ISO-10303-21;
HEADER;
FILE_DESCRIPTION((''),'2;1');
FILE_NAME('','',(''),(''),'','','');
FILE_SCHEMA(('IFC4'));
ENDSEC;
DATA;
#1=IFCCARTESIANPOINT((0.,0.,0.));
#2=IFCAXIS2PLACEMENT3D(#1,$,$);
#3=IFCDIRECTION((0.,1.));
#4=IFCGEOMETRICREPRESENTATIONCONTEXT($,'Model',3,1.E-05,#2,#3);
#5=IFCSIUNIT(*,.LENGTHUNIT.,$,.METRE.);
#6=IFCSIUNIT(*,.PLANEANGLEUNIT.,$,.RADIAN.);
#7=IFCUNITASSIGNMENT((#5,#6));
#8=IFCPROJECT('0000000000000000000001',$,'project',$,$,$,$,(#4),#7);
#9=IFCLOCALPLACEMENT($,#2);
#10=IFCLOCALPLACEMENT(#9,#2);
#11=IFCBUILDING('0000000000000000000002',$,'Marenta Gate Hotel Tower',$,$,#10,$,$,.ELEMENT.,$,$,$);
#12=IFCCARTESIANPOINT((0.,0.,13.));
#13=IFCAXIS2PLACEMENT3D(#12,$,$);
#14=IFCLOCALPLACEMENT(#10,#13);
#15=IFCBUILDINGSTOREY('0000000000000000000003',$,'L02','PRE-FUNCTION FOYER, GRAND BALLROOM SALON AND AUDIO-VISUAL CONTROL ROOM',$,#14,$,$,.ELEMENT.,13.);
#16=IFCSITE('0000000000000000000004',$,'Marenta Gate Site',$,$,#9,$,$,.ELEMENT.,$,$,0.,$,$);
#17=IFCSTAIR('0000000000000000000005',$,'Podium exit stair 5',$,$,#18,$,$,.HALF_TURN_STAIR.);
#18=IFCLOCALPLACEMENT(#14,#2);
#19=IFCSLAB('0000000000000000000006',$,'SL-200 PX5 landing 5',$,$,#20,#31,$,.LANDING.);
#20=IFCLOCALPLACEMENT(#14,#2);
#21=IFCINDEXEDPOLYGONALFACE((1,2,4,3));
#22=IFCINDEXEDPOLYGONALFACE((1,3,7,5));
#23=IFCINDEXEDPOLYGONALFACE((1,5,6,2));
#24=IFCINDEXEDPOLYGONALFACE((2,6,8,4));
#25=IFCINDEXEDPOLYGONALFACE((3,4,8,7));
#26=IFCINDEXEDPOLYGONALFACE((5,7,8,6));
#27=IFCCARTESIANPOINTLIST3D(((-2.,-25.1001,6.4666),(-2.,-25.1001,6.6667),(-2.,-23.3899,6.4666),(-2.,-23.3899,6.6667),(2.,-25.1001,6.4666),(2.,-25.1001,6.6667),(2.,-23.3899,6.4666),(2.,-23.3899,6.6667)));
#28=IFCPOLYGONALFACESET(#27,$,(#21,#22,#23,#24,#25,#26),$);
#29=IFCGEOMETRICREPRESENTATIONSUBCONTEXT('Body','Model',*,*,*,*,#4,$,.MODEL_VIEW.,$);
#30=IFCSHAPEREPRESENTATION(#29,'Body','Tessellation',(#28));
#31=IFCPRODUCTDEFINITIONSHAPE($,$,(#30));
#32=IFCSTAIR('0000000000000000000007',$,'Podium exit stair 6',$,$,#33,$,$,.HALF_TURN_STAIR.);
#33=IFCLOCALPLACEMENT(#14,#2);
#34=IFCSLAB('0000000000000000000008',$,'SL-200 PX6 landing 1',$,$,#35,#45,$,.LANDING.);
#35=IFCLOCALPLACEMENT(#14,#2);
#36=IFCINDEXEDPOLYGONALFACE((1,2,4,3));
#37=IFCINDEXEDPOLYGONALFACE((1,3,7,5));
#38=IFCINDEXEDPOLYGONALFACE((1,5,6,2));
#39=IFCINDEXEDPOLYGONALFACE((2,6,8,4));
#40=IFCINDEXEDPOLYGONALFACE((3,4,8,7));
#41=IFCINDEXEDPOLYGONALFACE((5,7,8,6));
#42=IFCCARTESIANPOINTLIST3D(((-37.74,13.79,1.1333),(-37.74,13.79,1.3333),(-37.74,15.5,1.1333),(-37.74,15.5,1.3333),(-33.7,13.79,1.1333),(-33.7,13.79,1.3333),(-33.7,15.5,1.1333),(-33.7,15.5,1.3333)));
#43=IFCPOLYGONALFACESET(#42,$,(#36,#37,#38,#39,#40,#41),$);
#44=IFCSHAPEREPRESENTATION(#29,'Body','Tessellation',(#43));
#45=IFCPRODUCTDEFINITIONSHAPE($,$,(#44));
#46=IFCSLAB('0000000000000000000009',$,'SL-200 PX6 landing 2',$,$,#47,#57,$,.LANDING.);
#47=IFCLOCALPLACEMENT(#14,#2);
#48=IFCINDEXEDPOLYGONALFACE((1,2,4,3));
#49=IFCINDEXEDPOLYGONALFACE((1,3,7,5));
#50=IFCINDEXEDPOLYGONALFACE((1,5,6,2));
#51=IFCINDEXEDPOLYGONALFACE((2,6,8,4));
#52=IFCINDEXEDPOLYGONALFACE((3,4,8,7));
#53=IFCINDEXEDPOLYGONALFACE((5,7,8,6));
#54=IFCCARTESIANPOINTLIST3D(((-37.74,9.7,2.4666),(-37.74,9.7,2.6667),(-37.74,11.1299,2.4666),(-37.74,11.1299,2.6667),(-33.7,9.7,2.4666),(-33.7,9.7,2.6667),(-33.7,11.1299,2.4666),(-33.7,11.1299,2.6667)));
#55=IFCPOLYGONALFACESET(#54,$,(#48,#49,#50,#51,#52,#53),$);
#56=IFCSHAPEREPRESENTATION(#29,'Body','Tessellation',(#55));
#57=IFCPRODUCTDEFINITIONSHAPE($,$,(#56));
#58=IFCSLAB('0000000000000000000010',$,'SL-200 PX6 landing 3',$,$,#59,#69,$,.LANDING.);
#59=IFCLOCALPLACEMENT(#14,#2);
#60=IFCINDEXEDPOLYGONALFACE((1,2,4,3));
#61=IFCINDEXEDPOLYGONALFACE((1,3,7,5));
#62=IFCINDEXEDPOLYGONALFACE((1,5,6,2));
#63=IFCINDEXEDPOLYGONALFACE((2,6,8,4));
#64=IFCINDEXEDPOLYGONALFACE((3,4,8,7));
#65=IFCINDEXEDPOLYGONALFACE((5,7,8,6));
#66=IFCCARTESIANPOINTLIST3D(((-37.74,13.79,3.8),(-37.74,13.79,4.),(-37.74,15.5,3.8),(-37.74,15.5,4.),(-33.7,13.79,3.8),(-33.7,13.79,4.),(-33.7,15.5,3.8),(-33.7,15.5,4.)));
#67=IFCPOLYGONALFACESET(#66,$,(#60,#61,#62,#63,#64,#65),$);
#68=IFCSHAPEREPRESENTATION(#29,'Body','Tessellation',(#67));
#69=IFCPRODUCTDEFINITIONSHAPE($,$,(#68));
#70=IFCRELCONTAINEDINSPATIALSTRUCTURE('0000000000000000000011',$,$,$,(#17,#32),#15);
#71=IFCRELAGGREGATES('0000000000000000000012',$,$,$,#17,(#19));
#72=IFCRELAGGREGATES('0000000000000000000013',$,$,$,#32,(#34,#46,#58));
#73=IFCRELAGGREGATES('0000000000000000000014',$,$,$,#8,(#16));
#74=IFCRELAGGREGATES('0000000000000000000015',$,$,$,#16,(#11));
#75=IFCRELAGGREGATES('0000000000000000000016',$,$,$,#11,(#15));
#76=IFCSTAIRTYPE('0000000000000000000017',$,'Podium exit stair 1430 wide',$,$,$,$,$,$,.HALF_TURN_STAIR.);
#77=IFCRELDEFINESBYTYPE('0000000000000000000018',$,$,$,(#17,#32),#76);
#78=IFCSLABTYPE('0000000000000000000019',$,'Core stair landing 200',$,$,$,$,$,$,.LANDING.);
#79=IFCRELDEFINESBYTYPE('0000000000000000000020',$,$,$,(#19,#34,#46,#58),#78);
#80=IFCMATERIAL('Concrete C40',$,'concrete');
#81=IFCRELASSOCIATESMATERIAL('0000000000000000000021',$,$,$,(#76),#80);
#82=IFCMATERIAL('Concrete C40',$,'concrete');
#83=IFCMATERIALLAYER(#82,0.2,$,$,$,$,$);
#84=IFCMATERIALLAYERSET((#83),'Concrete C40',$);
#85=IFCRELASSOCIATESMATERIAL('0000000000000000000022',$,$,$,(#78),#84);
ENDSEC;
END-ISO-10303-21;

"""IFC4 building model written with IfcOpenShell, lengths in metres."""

from ifc_helpers import new_model, si_unit, direction, frame, origin, place, context, subcontext, project, spatial, polyline, outline, extrude, material, layer, layer_set, type_object, element, aggregate, save


model = new_model("IFC4")

# Units and contexts
model_context = context("Model", 3, precision=1e-05, world=origin(), true_north=direction((0.0, 1.0)))
body_context = subcontext(model_context, "Body", "Model", "MODEL_VIEW")
ifc_project = project(units=[si_unit("LENGTHUNIT", "METRE"), si_unit("PLANEANGLEUNIT", "RADIAN")], contexts=[model_context])

# Site, building, storey
site_placement = place(None, origin())
site = spatial("IfcSite", under=ifc_project, at=site_placement, Name="Marenta Gate Site", CompositionType="ELEMENT", RefElevation=0.0)
building_placement = place(site_placement, origin())
building = spatial("IfcBuilding", under=site, at=building_placement, Name="Marenta Gate Hotel Tower", CompositionType="ELEMENT")
storey_placement = place(building_placement, frame((0.0, 0.0, 13.0)))
storey = spatial("IfcBuildingStorey", under=building, at=storey_placement, Name="L02", Description="PRE-FUNCTION FOYER, GRAND BALLROOM SALON AND AUDIO-VISUAL CONTROL ROOM", CompositionType="ELEMENT", Elevation=13.0)

# Shared definitions
ifc_material_1 = material(Name="Concrete C40", Category="concrete")
stair_type = type_object("IfcStairType", Name="Podium exit stair 1430 wide", PredefinedType="HALF_TURN_STAIR", material=ifc_material_1)
ifc_material_2 = material(Name="Concrete C40", Category="concrete")
ifc_layer = layer(ifc_material_2, 0.2)
ifc_layer_set = layer_set([ifc_layer], Name="Concrete C40")
slab_type = type_object("IfcSlabType", Name="Core stair landing 200", PredefinedType="LANDING", material=ifc_layer_set)

# Stairs, slabs
stair_1_placement = place(storey_placement, origin())
stair_1 = element("IfcStair", 1, at=stair_1_placement, inside=storey, type_object=stair_type, Name="Podium exit stair 5", PredefinedType="HALF_TURN_STAIR")
slab_1_placement = place(storey_placement, frame((0.0, 0.0, 6.4666)))
slab_1 = element("IfcSlab", 2, at=slab_1_placement, type_object=slab_type, Name="SL-200 PX5 landing 5", PredefinedType="LANDING", context=body_context, shape_type="SweptSolid", body=[
    extrude(outline(polyline([(-2.0, -25.1001), (2.0, -25.1001), (2.0, -23.3899), (-2.0, -23.3899), (-2.0, -25.1001)])), origin(), (0.0, 0.0, 1.0), 0.2002),
])
aggregate(stair_1, [slab_1])
stair_2_placement = place(storey_placement, origin())
stair_2 = element("IfcStair", 3, at=stair_2_placement, inside=storey, type_object=stair_type, Name="Podium exit stair 6", PredefinedType="HALF_TURN_STAIR")
slab_2_placement = place(storey_placement, frame((0.0, 0.0, 1.1333)))
slab_2 = element("IfcSlab", 4, at=slab_2_placement, type_object=slab_type, Name="SL-200 PX6 landing 1", PredefinedType="LANDING", context=body_context, shape_type="SweptSolid", body=[
    extrude(outline(polyline([(-37.74, 13.79), (-33.7, 13.79), (-33.7, 15.5), (-37.74, 15.5), (-37.74, 13.79)])), origin(), (0.0, 0.0, 1.0), 0.2),
])
slab_3_placement = place(storey_placement, frame((0.0, 0.0, 2.4666)))
slab_3 = element("IfcSlab", 5, at=slab_3_placement, type_object=slab_type, Name="SL-200 PX6 landing 2", PredefinedType="LANDING", context=body_context, shape_type="SweptSolid", body=[
    extrude(outline(polyline([(-37.74, 9.7), (-33.7, 9.7), (-33.7, 11.1299), (-37.74, 11.1299), (-37.74, 9.7)])), origin(), (0.0, 0.0, 1.0), 0.2002),
])
slab_4_placement = place(storey_placement, frame((0.0, 0.0, 3.8)))
slab_4 = element("IfcSlab", 6, at=slab_4_placement, type_object=slab_type, Name="SL-200 PX6 landing 3", PredefinedType="LANDING", context=body_context, shape_type="SweptSolid", body=[
    extrude(outline(polyline([(-37.74, 13.79), (-33.7, 13.79), (-33.7, 15.5), (-37.74, 15.5), (-37.74, 13.79)])), origin(), (0.0, 0.0, 1.0), 0.2),
])
aggregate(stair_2, [slab_2, slab_3, slab_4])

save(model, "model.ifc")
